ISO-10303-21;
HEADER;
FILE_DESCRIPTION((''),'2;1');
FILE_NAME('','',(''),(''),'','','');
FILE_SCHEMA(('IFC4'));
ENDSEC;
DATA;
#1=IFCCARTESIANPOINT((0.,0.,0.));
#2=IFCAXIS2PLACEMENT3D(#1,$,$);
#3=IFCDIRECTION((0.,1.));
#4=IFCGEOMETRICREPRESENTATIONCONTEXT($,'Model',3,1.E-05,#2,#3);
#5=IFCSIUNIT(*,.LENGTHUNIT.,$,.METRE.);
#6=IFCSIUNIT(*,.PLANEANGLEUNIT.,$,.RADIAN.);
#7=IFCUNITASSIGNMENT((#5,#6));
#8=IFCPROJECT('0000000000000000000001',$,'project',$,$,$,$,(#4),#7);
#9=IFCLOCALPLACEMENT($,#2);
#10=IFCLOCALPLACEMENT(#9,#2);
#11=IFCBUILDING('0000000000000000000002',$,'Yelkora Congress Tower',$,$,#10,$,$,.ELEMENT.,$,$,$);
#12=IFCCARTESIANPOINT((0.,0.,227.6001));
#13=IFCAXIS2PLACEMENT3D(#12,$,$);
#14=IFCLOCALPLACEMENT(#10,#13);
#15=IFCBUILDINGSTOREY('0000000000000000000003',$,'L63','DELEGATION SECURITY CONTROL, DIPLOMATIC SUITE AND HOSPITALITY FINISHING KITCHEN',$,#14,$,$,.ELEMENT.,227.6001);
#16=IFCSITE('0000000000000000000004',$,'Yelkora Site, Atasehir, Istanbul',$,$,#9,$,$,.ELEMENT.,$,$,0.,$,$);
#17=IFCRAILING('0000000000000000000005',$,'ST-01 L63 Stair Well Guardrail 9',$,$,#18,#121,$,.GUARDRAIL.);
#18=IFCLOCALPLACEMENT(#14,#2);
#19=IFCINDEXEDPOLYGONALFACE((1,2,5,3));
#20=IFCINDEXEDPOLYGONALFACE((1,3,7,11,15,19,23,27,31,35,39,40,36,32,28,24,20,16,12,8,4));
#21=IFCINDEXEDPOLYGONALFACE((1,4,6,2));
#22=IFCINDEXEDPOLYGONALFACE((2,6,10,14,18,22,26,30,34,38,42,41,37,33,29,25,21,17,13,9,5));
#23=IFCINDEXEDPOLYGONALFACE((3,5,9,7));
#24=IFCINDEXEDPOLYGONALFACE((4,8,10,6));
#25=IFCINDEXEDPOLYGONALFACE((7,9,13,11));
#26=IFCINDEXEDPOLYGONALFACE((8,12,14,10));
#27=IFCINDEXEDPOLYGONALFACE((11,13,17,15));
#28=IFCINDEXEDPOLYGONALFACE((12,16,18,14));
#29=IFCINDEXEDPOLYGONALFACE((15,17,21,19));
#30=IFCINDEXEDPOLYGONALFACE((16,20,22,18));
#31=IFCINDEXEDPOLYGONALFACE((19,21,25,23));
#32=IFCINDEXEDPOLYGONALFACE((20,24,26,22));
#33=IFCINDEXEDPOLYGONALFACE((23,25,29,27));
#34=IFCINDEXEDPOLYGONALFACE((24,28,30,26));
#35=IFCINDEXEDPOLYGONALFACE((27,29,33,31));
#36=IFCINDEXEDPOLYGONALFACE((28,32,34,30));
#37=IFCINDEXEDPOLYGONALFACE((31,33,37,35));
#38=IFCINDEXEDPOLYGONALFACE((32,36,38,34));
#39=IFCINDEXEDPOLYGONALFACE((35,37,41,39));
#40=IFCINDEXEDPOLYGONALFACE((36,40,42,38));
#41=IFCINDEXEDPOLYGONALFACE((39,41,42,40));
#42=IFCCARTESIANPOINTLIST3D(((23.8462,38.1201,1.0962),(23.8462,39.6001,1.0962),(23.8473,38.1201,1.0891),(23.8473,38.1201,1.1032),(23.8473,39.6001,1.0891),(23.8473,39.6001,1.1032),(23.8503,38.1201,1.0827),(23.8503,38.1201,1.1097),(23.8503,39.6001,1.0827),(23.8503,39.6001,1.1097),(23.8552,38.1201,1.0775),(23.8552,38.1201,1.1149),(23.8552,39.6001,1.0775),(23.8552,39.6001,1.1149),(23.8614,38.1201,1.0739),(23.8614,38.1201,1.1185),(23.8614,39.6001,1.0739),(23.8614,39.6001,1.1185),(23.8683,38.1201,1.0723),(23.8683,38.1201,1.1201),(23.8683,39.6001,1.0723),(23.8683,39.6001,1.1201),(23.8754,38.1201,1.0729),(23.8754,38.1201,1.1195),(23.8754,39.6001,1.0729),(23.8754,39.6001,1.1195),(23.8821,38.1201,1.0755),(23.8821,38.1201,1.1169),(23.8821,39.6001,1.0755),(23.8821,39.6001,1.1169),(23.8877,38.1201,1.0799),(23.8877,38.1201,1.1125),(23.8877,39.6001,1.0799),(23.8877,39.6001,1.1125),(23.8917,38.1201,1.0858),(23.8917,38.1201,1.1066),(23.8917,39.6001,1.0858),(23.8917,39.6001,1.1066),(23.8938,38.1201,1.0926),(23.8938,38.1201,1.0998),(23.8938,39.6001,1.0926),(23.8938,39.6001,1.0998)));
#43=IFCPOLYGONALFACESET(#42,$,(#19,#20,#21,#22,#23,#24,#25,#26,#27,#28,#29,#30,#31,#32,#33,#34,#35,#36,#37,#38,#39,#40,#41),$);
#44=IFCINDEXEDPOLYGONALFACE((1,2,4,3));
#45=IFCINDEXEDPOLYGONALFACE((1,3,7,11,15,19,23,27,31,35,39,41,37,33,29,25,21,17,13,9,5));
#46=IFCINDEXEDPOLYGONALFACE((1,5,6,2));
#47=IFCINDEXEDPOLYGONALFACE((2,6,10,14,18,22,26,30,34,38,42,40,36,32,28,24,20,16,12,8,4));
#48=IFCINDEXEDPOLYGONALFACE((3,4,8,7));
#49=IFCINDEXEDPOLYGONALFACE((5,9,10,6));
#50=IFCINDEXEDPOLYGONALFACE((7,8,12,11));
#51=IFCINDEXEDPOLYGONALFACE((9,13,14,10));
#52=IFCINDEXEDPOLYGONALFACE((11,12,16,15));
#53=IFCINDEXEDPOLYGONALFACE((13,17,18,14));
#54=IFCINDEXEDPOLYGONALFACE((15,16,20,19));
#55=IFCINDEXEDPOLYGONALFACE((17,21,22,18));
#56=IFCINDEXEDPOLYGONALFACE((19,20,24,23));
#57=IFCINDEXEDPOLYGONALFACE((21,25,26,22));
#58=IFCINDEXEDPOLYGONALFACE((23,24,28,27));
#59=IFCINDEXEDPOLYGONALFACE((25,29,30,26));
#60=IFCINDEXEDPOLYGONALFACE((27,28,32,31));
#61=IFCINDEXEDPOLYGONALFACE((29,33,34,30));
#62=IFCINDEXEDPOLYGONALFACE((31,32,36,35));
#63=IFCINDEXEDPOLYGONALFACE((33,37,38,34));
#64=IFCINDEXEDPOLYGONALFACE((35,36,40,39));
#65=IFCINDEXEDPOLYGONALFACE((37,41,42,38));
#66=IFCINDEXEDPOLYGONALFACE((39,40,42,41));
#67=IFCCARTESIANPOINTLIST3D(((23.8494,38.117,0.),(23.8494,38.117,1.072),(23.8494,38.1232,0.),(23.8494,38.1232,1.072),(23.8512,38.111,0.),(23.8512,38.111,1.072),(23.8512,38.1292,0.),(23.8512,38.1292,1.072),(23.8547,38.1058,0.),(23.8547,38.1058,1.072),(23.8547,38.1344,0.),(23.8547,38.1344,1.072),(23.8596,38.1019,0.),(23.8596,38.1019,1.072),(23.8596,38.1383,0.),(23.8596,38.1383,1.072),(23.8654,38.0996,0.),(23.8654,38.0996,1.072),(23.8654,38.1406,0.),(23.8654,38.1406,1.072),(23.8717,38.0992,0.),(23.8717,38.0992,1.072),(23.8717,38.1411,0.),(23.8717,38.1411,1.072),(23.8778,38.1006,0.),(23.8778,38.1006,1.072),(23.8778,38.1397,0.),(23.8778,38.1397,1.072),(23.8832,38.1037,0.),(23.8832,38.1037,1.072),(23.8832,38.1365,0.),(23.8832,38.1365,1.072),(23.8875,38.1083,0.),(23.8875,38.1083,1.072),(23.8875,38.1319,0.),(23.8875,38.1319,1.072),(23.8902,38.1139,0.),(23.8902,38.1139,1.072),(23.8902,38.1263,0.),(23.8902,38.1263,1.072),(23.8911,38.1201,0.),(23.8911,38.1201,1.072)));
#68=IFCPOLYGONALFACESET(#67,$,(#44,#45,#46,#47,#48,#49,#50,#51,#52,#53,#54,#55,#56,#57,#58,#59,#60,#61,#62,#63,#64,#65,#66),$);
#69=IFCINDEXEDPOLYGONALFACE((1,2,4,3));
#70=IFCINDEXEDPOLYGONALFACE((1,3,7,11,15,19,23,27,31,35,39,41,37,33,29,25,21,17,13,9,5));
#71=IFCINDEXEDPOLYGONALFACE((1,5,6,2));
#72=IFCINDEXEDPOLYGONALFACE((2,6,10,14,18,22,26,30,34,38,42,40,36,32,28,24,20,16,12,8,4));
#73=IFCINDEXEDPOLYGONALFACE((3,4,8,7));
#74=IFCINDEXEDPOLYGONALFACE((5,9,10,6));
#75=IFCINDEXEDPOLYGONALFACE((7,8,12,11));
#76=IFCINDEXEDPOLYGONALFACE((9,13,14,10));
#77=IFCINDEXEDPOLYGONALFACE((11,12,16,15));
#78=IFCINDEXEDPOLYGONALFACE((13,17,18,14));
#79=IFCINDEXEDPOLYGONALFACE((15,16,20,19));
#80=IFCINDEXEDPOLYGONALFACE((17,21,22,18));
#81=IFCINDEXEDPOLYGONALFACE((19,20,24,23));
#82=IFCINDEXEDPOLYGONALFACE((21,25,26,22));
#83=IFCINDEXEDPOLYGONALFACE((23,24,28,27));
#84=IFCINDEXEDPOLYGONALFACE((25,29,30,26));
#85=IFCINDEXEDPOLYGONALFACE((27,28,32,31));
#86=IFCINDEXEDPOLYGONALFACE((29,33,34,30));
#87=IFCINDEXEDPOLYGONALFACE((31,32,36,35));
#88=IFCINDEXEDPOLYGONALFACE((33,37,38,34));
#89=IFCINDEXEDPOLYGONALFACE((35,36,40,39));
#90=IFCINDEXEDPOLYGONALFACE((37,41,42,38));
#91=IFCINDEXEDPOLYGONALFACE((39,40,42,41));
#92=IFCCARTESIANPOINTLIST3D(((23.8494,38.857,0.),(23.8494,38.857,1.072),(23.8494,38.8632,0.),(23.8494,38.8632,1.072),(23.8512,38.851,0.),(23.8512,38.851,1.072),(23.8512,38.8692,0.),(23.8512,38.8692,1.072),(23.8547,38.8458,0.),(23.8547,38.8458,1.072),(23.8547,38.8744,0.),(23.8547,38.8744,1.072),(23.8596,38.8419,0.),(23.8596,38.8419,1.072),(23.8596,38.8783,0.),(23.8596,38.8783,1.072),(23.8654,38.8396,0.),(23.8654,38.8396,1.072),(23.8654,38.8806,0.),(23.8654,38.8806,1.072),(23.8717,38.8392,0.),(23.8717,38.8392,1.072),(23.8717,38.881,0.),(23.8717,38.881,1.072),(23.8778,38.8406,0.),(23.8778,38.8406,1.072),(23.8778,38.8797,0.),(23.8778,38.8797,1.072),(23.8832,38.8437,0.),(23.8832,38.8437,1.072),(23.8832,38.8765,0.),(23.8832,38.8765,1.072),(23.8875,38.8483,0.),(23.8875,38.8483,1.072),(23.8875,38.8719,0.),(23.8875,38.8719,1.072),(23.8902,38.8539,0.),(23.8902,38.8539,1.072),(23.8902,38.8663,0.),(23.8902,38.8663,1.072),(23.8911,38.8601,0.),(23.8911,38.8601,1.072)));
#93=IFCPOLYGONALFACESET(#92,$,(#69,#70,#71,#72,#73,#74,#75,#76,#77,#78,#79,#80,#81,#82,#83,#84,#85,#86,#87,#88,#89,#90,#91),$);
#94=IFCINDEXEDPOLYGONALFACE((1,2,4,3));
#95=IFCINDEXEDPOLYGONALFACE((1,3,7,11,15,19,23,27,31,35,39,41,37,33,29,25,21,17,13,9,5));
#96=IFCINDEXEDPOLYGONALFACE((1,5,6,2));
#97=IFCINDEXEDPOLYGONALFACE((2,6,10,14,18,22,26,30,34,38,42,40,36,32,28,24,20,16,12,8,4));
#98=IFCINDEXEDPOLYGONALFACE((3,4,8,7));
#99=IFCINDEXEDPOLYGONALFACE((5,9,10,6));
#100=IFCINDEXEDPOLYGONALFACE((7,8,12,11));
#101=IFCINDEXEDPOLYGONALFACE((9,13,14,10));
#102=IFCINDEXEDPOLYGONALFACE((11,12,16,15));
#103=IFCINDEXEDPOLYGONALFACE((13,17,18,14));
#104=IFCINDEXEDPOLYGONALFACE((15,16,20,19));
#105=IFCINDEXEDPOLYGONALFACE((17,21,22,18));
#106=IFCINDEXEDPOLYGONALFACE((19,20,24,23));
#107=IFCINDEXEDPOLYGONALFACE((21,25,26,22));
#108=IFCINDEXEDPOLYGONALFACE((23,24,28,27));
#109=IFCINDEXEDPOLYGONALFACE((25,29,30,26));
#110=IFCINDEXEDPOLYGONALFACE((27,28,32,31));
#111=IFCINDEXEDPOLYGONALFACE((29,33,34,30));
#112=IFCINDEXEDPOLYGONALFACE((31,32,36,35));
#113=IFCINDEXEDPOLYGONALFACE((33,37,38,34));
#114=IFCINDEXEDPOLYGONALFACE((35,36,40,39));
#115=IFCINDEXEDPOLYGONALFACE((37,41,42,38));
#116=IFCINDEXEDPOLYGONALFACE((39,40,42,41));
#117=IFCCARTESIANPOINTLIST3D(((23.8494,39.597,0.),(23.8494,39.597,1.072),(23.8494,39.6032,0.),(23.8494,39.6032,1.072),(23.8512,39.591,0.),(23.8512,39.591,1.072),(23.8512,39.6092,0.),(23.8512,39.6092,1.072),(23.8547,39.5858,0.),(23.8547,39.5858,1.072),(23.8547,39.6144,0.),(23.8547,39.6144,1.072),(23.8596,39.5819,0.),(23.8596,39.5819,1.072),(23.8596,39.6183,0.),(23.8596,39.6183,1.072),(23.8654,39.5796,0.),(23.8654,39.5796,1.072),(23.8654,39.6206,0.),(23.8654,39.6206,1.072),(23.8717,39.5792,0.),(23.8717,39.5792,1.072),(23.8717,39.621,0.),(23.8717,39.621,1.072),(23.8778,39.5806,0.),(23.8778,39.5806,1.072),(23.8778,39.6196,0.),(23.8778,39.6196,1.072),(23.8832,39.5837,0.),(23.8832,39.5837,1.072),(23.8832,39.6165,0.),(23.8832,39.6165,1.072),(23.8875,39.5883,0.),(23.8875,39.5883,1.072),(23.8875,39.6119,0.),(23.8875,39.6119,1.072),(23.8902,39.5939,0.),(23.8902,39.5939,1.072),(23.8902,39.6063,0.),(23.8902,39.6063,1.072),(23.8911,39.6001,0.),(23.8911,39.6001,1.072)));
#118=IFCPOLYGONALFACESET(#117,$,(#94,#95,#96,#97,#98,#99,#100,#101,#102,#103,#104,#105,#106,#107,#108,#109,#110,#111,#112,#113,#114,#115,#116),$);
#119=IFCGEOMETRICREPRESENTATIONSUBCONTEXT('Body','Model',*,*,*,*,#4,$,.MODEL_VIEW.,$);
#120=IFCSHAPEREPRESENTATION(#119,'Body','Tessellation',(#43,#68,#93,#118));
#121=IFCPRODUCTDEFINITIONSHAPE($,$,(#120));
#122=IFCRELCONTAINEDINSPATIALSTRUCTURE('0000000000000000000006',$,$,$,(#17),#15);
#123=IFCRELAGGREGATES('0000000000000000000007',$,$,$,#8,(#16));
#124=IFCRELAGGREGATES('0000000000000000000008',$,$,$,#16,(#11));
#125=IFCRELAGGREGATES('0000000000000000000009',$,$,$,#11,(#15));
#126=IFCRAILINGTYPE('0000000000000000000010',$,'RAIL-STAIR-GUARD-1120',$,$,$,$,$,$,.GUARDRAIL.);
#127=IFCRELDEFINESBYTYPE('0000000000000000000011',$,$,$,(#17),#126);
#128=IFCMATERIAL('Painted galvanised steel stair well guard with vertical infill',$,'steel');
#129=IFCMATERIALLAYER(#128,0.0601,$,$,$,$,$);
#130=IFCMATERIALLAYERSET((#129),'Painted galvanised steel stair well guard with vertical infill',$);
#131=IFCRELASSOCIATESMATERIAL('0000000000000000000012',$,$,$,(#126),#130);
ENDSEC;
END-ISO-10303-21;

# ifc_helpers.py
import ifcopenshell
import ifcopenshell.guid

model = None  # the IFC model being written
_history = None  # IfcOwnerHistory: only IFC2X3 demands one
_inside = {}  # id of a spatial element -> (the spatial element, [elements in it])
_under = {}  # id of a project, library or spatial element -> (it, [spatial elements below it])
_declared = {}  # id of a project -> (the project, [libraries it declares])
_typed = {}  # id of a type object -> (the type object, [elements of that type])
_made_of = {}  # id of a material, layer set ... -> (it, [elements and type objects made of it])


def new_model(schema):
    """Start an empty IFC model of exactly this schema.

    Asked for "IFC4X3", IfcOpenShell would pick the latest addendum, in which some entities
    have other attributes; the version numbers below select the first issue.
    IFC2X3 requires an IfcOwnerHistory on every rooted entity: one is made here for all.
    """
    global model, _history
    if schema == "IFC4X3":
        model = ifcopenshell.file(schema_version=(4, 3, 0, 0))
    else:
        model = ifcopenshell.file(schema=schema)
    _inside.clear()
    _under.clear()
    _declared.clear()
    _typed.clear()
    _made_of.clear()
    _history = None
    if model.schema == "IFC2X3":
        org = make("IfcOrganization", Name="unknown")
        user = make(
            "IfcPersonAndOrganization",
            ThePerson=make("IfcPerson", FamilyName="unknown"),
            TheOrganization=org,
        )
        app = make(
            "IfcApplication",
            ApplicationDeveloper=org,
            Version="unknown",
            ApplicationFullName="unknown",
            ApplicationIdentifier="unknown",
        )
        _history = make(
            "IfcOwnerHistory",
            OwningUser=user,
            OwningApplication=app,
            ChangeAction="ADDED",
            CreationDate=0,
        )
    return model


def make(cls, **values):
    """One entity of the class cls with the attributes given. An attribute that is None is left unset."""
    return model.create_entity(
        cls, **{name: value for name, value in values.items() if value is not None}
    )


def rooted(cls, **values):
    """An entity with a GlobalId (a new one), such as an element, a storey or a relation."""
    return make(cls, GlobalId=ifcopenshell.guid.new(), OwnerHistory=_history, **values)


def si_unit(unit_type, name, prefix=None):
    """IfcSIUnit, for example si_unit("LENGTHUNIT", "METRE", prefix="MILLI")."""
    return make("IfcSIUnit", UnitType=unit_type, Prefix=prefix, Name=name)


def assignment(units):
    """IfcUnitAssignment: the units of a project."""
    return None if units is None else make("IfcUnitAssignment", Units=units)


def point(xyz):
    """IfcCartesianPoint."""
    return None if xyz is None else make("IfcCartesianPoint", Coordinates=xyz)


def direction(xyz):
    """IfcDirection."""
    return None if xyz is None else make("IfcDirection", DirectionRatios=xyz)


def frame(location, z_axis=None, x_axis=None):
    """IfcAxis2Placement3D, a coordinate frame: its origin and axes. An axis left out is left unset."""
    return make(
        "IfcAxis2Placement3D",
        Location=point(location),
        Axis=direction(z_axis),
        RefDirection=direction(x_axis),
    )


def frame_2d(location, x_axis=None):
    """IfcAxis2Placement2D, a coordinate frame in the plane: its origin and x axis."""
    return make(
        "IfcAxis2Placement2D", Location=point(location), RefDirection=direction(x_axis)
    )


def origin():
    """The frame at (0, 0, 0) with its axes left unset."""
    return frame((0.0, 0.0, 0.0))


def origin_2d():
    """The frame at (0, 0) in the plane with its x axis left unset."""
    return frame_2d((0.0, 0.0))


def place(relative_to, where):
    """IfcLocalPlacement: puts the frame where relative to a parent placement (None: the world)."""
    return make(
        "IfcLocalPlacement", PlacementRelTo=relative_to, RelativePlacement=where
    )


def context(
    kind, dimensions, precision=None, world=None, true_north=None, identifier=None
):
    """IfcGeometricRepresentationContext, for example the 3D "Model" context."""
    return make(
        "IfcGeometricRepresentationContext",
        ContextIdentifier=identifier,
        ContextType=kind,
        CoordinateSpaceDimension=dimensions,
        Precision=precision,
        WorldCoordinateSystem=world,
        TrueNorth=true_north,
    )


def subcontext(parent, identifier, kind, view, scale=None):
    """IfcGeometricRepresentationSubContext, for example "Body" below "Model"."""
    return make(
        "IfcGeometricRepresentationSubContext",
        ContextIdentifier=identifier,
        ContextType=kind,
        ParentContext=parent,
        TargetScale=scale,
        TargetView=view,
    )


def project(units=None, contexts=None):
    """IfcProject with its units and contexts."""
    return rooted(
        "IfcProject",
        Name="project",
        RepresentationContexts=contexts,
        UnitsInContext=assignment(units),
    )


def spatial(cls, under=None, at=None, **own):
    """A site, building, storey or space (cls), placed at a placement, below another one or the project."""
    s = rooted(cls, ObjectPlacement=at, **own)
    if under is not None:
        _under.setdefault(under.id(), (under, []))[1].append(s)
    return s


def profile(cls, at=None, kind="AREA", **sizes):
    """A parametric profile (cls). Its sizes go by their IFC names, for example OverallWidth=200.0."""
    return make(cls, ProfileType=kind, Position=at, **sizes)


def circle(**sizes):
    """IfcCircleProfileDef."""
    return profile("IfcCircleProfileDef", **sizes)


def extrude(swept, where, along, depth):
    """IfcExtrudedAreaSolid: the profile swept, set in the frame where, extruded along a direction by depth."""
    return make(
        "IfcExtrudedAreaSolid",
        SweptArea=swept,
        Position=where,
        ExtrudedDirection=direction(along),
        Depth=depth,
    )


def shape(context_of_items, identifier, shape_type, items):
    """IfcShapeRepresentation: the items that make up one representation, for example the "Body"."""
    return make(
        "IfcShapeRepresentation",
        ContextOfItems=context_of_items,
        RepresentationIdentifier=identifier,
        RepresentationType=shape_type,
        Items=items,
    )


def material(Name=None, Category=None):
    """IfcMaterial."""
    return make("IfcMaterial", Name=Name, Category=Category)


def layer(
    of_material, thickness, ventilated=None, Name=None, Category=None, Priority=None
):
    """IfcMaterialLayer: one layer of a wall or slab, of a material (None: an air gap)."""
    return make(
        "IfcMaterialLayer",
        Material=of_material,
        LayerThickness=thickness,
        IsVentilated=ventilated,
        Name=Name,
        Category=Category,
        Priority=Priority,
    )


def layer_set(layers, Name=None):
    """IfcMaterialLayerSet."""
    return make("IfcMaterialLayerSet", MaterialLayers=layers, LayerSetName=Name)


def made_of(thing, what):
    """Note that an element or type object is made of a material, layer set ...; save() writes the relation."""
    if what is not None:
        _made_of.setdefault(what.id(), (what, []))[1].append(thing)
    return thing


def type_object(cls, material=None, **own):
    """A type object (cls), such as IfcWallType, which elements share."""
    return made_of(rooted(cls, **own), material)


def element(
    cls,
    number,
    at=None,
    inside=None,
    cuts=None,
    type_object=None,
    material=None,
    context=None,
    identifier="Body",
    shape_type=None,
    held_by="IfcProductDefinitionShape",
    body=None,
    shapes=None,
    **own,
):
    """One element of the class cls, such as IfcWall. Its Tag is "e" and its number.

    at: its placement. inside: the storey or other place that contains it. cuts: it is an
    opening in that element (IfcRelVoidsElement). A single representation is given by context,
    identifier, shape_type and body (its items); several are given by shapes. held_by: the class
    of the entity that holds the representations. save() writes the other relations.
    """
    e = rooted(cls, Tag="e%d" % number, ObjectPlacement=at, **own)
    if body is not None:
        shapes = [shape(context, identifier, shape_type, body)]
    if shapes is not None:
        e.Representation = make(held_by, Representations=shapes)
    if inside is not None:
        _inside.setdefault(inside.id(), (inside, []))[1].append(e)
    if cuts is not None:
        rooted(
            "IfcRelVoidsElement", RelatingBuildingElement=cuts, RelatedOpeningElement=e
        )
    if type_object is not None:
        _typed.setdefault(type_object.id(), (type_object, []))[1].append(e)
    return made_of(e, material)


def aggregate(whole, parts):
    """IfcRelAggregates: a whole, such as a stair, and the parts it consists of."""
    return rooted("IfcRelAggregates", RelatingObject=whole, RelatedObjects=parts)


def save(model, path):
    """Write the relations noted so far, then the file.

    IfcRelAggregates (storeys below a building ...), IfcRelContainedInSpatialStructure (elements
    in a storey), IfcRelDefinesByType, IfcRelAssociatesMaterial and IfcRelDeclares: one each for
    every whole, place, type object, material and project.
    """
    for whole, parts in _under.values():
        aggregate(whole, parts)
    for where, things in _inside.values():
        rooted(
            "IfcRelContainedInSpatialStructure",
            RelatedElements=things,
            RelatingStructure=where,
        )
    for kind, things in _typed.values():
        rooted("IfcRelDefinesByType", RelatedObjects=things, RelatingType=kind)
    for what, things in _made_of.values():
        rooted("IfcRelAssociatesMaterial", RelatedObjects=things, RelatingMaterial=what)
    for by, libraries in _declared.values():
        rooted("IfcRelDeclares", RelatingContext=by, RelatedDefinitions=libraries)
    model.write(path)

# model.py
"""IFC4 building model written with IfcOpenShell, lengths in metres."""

from ifc_helpers import new_model, si_unit, direction, frame, origin, origin_2d, place, context, subcontext, project, spatial, circle, extrude, material, layer, layer_set, type_object, element, save


model = new_model("IFC4")

# Units and contexts
model_context = context("Model", 3, precision=1e-05, world=origin(), true_north=direction((0.0, 1.0)))
body_context = subcontext(model_context, "Body", "Model", "MODEL_VIEW")
ifc_project = project(units=[si_unit("LENGTHUNIT", "METRE"), si_unit("PLANEANGLEUNIT", "RADIAN")], contexts=[model_context])

# Site, building, storey
site_placement = place(None, origin())
site = spatial("IfcSite", under=ifc_project, at=site_placement, Name="Yelkora Site, Atasehir, Istanbul", CompositionType="ELEMENT", RefElevation=0.0)
building_placement = place(site_placement, origin())
building = spatial("IfcBuilding", under=site, at=building_placement, Name="Yelkora Congress Tower", CompositionType="ELEMENT")
storey_placement = place(building_placement, frame((0.0, 0.0, 227.6001)))
storey = spatial("IfcBuildingStorey", under=building, at=storey_placement, Name="L63", Description="DELEGATION SECURITY CONTROL, DIPLOMATIC SUITE AND HOSPITALITY FINISHING KITCHEN", CompositionType="ELEMENT", Elevation=227.6001)

# Railing
ifc_material_1 = material(Name="Painted galvanised steel stair well guard with vertical infill", Category="steel")
ifc_layer_1 = layer(ifc_material_1, 0.0601)
ifc_layer_set_1 = layer_set([ifc_layer_1], Name="Painted galvanised steel stair well guard with vertical infill")
railing_type_1 = type_object("IfcRailingType", Name="RAIL-STAIR-GUARD-1120", PredefinedType="GUARDRAIL", material=ifc_layer_set_1)
railing_1_placement = place(storey_placement, frame((23.8701, 38.1201, 0.0)))
element("IfcRailing", 1, at=railing_1_placement, inside=storey, type_object=railing_type_1, Name="ST-01 L63 Stair Well Guardrail 9", PredefinedType="GUARDRAIL", context=body_context, shape_type="SweptSolid", body=[
    extrude(circle(Radius=0.0239, at=origin_2d()), frame((0.0, 0.0, 1.0962), z_axis=(0.0, 1.0, 0.0), x_axis=(-1.0, 0.0, 0.0)), (0.0, 0.0, 1.0), 1.48),
    extrude(circle(Radius=0.021, at=origin_2d()), origin(), (0.0, 0.0, 1.0), 1.072),
    extrude(circle(Radius=0.021, at=origin_2d()), frame((0.0, 0.74, 0.0)), (0.0, 0.0, 1.0), 1.072),
    extrude(circle(Radius=0.021, at=origin_2d()), frame((0.0, 1.48, 0.0)), (0.0, 0.0, 1.0), 1.072),
])

save(model, "model.ifc")
